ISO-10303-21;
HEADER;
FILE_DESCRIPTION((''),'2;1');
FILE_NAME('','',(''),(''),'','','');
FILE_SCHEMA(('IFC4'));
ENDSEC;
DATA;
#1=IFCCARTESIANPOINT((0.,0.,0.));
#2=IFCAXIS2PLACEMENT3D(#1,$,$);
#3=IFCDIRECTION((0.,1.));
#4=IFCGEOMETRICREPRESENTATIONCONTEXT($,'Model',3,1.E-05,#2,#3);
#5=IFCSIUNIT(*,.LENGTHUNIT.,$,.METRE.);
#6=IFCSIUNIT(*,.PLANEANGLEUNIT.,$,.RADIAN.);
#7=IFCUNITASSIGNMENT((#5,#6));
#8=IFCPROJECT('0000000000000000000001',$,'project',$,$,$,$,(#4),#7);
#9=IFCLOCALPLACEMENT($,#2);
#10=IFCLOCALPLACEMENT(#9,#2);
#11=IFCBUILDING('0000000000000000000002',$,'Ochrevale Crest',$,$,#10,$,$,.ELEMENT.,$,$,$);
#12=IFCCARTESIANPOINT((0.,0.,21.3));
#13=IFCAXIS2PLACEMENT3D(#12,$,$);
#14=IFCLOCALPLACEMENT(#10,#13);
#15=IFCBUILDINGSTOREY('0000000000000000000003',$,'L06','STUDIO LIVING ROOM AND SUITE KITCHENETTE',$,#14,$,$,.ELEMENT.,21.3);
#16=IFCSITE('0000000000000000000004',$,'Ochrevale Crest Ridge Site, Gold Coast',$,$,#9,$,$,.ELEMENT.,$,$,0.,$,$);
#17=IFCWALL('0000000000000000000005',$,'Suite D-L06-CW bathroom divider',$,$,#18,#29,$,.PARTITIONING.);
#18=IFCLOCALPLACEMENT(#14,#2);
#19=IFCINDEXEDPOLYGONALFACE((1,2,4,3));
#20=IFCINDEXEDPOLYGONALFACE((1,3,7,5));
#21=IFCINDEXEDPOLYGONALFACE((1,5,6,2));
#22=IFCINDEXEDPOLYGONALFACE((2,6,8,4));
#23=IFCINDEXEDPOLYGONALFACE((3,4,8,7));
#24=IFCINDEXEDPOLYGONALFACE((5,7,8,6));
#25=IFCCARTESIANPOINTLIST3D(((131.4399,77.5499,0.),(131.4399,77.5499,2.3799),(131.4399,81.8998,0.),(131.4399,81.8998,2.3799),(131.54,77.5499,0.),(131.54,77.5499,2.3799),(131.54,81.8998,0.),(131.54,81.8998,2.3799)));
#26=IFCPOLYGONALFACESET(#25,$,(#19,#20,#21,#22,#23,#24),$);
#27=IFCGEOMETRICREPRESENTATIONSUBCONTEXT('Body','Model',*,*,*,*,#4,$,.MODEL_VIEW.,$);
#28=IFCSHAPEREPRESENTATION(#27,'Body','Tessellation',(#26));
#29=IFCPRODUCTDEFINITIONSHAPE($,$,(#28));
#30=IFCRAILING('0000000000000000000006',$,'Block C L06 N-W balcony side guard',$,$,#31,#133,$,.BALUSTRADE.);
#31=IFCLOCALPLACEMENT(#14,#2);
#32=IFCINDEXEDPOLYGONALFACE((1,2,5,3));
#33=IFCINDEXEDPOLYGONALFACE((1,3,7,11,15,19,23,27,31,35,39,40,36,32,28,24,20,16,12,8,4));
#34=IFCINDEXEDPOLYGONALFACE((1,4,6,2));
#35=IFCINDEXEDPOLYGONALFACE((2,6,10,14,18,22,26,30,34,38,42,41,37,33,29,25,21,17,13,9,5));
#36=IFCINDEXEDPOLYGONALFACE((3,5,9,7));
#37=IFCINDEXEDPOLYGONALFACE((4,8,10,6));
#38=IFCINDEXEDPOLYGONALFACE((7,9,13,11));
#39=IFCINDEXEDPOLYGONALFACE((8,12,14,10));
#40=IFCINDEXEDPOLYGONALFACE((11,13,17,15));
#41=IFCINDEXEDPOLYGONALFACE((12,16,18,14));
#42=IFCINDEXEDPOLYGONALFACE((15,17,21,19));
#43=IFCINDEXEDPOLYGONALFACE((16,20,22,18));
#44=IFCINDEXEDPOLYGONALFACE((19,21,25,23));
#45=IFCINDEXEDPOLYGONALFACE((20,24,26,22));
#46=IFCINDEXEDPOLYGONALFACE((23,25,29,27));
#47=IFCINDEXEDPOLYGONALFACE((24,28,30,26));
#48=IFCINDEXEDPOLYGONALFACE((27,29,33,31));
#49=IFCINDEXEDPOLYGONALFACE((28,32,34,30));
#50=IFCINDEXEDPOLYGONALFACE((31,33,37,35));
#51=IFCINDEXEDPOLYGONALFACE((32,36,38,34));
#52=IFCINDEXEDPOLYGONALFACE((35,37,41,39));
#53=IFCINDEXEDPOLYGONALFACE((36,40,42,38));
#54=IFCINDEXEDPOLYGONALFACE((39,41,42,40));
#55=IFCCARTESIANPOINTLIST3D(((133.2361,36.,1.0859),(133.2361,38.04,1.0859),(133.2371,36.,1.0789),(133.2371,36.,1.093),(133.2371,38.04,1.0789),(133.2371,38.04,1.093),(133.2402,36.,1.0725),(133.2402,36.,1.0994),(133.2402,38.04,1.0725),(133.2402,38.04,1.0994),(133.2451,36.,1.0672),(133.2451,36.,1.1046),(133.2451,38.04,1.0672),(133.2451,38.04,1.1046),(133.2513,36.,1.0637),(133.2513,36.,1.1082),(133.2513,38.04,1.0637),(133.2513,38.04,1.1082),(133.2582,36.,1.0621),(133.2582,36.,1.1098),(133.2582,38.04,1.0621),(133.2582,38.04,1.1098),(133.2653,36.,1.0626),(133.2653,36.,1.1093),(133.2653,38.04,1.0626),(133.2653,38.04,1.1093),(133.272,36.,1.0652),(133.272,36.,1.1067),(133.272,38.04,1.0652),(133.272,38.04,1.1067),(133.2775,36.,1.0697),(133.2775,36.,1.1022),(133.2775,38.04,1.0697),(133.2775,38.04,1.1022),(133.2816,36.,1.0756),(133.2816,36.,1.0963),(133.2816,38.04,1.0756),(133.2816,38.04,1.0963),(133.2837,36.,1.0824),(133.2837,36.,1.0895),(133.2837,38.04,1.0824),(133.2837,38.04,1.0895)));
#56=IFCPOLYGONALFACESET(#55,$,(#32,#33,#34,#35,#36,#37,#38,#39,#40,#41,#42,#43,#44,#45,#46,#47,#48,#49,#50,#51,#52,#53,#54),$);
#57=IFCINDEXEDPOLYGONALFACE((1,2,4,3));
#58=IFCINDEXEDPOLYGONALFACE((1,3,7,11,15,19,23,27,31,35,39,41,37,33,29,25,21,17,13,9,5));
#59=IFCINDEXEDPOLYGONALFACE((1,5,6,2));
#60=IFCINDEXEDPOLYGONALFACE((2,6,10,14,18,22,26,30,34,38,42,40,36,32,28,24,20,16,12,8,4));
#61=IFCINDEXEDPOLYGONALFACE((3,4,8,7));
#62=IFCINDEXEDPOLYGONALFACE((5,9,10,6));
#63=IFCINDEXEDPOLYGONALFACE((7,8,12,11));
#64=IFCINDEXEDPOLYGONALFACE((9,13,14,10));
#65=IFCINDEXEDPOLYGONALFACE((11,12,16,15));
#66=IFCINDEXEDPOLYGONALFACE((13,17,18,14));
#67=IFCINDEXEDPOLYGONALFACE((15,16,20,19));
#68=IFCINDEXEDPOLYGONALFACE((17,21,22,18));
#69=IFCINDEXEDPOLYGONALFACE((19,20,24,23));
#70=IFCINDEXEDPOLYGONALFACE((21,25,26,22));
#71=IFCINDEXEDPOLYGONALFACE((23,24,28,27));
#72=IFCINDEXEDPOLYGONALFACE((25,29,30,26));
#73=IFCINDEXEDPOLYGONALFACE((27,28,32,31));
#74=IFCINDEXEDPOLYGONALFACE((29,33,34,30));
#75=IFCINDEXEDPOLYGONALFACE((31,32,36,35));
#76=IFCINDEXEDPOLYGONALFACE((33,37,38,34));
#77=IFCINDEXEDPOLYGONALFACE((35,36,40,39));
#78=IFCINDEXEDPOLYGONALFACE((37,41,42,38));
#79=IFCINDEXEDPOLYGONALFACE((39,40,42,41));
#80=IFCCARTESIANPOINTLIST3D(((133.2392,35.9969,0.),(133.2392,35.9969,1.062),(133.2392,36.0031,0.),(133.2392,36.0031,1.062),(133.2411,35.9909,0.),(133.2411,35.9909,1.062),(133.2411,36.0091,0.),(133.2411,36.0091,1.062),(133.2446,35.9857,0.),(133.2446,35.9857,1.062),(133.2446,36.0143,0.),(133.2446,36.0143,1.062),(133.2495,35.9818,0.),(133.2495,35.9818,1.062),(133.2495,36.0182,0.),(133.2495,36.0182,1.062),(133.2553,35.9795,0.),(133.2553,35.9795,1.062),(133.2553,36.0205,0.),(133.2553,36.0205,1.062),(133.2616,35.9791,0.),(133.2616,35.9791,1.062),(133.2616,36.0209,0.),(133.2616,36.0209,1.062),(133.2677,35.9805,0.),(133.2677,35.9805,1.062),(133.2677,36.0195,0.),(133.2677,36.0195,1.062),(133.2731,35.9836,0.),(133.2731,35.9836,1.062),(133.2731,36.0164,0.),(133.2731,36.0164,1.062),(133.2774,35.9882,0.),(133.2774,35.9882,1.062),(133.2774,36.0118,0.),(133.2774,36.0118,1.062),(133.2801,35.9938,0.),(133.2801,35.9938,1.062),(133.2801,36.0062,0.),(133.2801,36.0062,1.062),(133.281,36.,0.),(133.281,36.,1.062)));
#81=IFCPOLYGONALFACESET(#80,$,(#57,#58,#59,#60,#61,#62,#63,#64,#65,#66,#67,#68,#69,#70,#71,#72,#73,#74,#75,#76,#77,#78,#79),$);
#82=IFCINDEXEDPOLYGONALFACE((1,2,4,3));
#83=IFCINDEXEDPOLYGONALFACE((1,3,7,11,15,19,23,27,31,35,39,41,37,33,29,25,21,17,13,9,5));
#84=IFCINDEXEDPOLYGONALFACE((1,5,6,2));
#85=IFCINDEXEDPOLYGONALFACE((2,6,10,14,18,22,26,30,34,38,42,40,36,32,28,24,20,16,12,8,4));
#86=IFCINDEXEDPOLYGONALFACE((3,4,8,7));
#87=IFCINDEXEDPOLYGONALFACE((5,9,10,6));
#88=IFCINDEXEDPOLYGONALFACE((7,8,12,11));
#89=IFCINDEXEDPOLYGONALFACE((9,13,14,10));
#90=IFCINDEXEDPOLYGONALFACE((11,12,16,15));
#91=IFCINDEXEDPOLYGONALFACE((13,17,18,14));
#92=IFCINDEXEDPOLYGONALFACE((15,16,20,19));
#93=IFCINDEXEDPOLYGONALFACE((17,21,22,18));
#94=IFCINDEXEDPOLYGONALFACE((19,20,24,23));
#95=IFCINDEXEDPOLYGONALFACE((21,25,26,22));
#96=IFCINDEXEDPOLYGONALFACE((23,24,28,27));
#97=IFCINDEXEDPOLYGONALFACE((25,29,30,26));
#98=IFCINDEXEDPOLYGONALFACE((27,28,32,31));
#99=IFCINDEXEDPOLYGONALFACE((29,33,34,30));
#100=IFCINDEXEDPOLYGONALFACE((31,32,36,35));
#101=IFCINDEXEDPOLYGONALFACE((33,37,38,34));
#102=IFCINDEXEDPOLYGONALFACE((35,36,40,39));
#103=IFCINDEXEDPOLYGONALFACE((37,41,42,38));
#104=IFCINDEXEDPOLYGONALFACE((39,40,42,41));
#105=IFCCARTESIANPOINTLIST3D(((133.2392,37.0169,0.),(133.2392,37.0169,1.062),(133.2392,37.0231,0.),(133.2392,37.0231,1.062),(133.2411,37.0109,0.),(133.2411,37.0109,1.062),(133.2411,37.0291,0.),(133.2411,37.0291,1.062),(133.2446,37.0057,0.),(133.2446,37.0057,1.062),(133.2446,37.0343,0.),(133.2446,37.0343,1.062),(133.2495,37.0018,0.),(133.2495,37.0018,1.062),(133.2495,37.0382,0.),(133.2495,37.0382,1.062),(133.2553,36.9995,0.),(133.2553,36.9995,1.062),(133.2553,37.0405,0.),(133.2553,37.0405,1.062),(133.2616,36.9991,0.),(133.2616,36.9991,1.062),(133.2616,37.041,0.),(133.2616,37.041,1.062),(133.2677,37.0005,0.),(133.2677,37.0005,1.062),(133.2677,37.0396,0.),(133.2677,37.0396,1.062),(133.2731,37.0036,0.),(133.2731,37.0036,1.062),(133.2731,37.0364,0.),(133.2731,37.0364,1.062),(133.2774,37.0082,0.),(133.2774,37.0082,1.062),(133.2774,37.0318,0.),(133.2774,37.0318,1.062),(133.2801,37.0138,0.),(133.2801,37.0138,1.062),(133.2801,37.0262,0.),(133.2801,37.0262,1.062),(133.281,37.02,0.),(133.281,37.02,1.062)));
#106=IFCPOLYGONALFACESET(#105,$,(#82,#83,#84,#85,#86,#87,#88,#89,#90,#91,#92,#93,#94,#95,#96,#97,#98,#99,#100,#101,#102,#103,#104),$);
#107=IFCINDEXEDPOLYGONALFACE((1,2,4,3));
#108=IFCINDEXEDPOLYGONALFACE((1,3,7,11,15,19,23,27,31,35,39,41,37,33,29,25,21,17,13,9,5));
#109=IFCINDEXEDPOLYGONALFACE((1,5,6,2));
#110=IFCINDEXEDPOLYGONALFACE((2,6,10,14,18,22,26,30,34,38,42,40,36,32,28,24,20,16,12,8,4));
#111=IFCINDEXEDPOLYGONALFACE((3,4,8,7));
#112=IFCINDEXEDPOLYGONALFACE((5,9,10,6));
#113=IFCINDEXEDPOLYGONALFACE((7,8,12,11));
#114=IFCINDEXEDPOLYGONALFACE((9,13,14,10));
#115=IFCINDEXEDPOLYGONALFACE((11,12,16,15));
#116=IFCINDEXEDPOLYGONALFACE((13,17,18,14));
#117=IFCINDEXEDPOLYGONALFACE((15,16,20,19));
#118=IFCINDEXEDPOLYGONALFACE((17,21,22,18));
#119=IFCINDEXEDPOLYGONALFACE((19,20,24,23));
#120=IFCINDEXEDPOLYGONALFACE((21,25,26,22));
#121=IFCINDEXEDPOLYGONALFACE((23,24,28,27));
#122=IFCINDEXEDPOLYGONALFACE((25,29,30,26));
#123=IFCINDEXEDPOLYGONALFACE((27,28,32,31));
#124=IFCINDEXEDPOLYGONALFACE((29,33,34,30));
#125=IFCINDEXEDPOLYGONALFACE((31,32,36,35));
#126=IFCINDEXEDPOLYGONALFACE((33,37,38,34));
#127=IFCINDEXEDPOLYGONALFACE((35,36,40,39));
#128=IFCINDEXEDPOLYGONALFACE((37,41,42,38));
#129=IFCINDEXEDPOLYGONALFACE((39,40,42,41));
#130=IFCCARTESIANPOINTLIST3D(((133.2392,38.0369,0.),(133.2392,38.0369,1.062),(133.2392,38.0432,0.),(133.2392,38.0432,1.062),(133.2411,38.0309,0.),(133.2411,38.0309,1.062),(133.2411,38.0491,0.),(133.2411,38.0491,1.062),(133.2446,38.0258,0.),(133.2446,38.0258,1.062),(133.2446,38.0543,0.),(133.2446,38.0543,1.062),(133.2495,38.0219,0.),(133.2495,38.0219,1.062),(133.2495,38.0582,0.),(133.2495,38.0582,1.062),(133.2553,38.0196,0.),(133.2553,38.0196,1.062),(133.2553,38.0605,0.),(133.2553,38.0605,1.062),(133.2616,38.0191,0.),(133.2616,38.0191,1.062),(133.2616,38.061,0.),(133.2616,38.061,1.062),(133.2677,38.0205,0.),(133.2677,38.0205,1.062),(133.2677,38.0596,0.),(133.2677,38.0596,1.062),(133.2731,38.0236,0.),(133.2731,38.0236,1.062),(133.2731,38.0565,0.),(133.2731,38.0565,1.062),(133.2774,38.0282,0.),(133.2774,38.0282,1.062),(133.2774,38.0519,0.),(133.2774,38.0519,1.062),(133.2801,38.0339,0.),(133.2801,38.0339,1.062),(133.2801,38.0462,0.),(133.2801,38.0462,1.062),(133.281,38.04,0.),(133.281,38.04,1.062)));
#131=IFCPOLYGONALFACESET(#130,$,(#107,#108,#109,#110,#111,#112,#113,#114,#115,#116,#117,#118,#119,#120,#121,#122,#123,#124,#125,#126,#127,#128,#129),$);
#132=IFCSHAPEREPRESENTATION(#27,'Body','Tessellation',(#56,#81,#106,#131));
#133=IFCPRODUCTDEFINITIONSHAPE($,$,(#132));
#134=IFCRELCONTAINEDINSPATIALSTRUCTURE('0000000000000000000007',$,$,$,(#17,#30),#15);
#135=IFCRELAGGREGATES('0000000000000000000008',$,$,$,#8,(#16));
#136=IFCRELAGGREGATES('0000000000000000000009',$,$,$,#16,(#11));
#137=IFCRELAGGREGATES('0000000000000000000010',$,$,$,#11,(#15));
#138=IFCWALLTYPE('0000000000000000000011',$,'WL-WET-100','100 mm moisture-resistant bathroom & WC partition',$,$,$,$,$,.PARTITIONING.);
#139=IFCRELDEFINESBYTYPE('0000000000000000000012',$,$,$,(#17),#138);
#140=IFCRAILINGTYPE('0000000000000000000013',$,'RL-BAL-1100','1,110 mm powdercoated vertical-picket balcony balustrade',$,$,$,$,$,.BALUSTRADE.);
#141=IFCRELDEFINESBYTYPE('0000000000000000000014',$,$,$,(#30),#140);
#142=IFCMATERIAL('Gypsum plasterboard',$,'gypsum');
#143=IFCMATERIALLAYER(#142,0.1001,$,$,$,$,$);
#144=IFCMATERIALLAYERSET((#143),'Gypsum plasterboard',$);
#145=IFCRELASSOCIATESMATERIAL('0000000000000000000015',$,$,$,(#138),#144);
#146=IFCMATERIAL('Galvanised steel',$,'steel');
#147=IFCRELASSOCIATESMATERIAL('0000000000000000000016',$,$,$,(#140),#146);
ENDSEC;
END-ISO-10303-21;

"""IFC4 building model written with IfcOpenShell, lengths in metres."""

from ifc_helpers import new_model, si_unit, direction, frame, frame_2d, origin, origin_2d, place, context, subcontext, project, spatial, rectangle, circle, extrude, material, layer, layer_set, type_object, element, save


model = new_model("IFC4")

# Units and contexts
model_context = context("Model", 3, precision=1e-05, world=origin(), true_north=direction((0.0, 1.0)))
body_context = subcontext(model_context, "Body", "Model", "MODEL_VIEW")
ifc_project = project(units=[si_unit("LENGTHUNIT", "METRE"), si_unit("PLANEANGLEUNIT", "RADIAN")], contexts=[model_context])

# Site, building, storey
site_placement = place(None, origin())
site = spatial("IfcSite", under=ifc_project, at=site_placement, Name="Ochrevale Crest Ridge Site, Gold Coast", CompositionType="ELEMENT", RefElevation=0.0)
building_placement = place(site_placement, origin())
building = spatial("IfcBuilding", under=site, at=building_placement, Name="Ochrevale Crest", CompositionType="ELEMENT")
storey_placement = place(building_placement, frame((0.0, 0.0, 21.3)))
storey = spatial("IfcBuildingStorey", under=building, at=storey_placement, Name="L06", Description="STUDIO LIVING ROOM AND SUITE KITCHENETTE", CompositionType="ELEMENT", Elevation=21.3)

# Wall
ifc_material_1 = material(Name="Gypsum plasterboard", Category="gypsum")
ifc_layer_1 = layer(ifc_material_1, 0.1001)
ifc_layer_set_1 = layer_set([ifc_layer_1], Name="Gypsum plasterboard")
wall_type_1 = type_object("IfcWallType", Name="WL-WET-100", Description="100 mm moisture-resistant bathroom & WC partition", PredefinedType="PARTITIONING", material=ifc_layer_set_1)
wall_1_placement = place(storey_placement, frame((131.49, 77.55, 0.0), z_axis=(0.0, 0.0, 1.0), x_axis=(0.0, 1.0, 0.0)))
element("IfcWall", 1, at=wall_1_placement, inside=storey, type_object=wall_type_1, Name="Suite D-L06-CW bathroom divider", PredefinedType="PARTITIONING", context=body_context, shape_type="SweptSolid", body=[
    extrude(rectangle(XDim=4.3499, YDim=0.1001, at=frame_2d((2.1748, 0.0))), origin(), (0.0, 0.0, 1.0), 2.3799),
])

# Railing
ifc_material_2 = material(Name="Galvanised steel", Category="steel")
railing_type = type_object("IfcRailingType", Name="RL-BAL-1100", Description="1,110 mm powdercoated vertical-picket balcony balustrade", PredefinedType="BALUSTRADE", material=ifc_material_2)
railing_1_placement = place(storey_placement, frame((133.26, 36.0, 0.0)))
element("IfcRailing", 2, at=railing_1_placement, inside=storey, type_object=railing_type, Name="Block C L06 N-W balcony side guard", PredefinedType="BALUSTRADE", context=body_context, shape_type="SweptSolid", body=[
    extrude(circle(Radius=0.0239, at=origin_2d()), frame((0.0, 0.0, 1.0859), z_axis=(0.0, 1.0, 0.0), x_axis=(-1.0, 0.0, 0.0)), (0.0, 0.0, 1.0), 2.04),
    extrude(circle(Radius=0.021, at=origin_2d()), origin(), (0.0, 0.0, 1.0), 1.062),
    extrude(circle(Radius=0.021, at=origin_2d()), frame((0.0, 1.02, 0.0)), (0.0, 0.0, 1.0), 1.062),
    extrude(circle(Radius=0.021, at=origin_2d()), frame((0.0, 2.04, 0.0)), (0.0, 0.0, 1.0), 1.062),
])

save(model, "model.ifc")
